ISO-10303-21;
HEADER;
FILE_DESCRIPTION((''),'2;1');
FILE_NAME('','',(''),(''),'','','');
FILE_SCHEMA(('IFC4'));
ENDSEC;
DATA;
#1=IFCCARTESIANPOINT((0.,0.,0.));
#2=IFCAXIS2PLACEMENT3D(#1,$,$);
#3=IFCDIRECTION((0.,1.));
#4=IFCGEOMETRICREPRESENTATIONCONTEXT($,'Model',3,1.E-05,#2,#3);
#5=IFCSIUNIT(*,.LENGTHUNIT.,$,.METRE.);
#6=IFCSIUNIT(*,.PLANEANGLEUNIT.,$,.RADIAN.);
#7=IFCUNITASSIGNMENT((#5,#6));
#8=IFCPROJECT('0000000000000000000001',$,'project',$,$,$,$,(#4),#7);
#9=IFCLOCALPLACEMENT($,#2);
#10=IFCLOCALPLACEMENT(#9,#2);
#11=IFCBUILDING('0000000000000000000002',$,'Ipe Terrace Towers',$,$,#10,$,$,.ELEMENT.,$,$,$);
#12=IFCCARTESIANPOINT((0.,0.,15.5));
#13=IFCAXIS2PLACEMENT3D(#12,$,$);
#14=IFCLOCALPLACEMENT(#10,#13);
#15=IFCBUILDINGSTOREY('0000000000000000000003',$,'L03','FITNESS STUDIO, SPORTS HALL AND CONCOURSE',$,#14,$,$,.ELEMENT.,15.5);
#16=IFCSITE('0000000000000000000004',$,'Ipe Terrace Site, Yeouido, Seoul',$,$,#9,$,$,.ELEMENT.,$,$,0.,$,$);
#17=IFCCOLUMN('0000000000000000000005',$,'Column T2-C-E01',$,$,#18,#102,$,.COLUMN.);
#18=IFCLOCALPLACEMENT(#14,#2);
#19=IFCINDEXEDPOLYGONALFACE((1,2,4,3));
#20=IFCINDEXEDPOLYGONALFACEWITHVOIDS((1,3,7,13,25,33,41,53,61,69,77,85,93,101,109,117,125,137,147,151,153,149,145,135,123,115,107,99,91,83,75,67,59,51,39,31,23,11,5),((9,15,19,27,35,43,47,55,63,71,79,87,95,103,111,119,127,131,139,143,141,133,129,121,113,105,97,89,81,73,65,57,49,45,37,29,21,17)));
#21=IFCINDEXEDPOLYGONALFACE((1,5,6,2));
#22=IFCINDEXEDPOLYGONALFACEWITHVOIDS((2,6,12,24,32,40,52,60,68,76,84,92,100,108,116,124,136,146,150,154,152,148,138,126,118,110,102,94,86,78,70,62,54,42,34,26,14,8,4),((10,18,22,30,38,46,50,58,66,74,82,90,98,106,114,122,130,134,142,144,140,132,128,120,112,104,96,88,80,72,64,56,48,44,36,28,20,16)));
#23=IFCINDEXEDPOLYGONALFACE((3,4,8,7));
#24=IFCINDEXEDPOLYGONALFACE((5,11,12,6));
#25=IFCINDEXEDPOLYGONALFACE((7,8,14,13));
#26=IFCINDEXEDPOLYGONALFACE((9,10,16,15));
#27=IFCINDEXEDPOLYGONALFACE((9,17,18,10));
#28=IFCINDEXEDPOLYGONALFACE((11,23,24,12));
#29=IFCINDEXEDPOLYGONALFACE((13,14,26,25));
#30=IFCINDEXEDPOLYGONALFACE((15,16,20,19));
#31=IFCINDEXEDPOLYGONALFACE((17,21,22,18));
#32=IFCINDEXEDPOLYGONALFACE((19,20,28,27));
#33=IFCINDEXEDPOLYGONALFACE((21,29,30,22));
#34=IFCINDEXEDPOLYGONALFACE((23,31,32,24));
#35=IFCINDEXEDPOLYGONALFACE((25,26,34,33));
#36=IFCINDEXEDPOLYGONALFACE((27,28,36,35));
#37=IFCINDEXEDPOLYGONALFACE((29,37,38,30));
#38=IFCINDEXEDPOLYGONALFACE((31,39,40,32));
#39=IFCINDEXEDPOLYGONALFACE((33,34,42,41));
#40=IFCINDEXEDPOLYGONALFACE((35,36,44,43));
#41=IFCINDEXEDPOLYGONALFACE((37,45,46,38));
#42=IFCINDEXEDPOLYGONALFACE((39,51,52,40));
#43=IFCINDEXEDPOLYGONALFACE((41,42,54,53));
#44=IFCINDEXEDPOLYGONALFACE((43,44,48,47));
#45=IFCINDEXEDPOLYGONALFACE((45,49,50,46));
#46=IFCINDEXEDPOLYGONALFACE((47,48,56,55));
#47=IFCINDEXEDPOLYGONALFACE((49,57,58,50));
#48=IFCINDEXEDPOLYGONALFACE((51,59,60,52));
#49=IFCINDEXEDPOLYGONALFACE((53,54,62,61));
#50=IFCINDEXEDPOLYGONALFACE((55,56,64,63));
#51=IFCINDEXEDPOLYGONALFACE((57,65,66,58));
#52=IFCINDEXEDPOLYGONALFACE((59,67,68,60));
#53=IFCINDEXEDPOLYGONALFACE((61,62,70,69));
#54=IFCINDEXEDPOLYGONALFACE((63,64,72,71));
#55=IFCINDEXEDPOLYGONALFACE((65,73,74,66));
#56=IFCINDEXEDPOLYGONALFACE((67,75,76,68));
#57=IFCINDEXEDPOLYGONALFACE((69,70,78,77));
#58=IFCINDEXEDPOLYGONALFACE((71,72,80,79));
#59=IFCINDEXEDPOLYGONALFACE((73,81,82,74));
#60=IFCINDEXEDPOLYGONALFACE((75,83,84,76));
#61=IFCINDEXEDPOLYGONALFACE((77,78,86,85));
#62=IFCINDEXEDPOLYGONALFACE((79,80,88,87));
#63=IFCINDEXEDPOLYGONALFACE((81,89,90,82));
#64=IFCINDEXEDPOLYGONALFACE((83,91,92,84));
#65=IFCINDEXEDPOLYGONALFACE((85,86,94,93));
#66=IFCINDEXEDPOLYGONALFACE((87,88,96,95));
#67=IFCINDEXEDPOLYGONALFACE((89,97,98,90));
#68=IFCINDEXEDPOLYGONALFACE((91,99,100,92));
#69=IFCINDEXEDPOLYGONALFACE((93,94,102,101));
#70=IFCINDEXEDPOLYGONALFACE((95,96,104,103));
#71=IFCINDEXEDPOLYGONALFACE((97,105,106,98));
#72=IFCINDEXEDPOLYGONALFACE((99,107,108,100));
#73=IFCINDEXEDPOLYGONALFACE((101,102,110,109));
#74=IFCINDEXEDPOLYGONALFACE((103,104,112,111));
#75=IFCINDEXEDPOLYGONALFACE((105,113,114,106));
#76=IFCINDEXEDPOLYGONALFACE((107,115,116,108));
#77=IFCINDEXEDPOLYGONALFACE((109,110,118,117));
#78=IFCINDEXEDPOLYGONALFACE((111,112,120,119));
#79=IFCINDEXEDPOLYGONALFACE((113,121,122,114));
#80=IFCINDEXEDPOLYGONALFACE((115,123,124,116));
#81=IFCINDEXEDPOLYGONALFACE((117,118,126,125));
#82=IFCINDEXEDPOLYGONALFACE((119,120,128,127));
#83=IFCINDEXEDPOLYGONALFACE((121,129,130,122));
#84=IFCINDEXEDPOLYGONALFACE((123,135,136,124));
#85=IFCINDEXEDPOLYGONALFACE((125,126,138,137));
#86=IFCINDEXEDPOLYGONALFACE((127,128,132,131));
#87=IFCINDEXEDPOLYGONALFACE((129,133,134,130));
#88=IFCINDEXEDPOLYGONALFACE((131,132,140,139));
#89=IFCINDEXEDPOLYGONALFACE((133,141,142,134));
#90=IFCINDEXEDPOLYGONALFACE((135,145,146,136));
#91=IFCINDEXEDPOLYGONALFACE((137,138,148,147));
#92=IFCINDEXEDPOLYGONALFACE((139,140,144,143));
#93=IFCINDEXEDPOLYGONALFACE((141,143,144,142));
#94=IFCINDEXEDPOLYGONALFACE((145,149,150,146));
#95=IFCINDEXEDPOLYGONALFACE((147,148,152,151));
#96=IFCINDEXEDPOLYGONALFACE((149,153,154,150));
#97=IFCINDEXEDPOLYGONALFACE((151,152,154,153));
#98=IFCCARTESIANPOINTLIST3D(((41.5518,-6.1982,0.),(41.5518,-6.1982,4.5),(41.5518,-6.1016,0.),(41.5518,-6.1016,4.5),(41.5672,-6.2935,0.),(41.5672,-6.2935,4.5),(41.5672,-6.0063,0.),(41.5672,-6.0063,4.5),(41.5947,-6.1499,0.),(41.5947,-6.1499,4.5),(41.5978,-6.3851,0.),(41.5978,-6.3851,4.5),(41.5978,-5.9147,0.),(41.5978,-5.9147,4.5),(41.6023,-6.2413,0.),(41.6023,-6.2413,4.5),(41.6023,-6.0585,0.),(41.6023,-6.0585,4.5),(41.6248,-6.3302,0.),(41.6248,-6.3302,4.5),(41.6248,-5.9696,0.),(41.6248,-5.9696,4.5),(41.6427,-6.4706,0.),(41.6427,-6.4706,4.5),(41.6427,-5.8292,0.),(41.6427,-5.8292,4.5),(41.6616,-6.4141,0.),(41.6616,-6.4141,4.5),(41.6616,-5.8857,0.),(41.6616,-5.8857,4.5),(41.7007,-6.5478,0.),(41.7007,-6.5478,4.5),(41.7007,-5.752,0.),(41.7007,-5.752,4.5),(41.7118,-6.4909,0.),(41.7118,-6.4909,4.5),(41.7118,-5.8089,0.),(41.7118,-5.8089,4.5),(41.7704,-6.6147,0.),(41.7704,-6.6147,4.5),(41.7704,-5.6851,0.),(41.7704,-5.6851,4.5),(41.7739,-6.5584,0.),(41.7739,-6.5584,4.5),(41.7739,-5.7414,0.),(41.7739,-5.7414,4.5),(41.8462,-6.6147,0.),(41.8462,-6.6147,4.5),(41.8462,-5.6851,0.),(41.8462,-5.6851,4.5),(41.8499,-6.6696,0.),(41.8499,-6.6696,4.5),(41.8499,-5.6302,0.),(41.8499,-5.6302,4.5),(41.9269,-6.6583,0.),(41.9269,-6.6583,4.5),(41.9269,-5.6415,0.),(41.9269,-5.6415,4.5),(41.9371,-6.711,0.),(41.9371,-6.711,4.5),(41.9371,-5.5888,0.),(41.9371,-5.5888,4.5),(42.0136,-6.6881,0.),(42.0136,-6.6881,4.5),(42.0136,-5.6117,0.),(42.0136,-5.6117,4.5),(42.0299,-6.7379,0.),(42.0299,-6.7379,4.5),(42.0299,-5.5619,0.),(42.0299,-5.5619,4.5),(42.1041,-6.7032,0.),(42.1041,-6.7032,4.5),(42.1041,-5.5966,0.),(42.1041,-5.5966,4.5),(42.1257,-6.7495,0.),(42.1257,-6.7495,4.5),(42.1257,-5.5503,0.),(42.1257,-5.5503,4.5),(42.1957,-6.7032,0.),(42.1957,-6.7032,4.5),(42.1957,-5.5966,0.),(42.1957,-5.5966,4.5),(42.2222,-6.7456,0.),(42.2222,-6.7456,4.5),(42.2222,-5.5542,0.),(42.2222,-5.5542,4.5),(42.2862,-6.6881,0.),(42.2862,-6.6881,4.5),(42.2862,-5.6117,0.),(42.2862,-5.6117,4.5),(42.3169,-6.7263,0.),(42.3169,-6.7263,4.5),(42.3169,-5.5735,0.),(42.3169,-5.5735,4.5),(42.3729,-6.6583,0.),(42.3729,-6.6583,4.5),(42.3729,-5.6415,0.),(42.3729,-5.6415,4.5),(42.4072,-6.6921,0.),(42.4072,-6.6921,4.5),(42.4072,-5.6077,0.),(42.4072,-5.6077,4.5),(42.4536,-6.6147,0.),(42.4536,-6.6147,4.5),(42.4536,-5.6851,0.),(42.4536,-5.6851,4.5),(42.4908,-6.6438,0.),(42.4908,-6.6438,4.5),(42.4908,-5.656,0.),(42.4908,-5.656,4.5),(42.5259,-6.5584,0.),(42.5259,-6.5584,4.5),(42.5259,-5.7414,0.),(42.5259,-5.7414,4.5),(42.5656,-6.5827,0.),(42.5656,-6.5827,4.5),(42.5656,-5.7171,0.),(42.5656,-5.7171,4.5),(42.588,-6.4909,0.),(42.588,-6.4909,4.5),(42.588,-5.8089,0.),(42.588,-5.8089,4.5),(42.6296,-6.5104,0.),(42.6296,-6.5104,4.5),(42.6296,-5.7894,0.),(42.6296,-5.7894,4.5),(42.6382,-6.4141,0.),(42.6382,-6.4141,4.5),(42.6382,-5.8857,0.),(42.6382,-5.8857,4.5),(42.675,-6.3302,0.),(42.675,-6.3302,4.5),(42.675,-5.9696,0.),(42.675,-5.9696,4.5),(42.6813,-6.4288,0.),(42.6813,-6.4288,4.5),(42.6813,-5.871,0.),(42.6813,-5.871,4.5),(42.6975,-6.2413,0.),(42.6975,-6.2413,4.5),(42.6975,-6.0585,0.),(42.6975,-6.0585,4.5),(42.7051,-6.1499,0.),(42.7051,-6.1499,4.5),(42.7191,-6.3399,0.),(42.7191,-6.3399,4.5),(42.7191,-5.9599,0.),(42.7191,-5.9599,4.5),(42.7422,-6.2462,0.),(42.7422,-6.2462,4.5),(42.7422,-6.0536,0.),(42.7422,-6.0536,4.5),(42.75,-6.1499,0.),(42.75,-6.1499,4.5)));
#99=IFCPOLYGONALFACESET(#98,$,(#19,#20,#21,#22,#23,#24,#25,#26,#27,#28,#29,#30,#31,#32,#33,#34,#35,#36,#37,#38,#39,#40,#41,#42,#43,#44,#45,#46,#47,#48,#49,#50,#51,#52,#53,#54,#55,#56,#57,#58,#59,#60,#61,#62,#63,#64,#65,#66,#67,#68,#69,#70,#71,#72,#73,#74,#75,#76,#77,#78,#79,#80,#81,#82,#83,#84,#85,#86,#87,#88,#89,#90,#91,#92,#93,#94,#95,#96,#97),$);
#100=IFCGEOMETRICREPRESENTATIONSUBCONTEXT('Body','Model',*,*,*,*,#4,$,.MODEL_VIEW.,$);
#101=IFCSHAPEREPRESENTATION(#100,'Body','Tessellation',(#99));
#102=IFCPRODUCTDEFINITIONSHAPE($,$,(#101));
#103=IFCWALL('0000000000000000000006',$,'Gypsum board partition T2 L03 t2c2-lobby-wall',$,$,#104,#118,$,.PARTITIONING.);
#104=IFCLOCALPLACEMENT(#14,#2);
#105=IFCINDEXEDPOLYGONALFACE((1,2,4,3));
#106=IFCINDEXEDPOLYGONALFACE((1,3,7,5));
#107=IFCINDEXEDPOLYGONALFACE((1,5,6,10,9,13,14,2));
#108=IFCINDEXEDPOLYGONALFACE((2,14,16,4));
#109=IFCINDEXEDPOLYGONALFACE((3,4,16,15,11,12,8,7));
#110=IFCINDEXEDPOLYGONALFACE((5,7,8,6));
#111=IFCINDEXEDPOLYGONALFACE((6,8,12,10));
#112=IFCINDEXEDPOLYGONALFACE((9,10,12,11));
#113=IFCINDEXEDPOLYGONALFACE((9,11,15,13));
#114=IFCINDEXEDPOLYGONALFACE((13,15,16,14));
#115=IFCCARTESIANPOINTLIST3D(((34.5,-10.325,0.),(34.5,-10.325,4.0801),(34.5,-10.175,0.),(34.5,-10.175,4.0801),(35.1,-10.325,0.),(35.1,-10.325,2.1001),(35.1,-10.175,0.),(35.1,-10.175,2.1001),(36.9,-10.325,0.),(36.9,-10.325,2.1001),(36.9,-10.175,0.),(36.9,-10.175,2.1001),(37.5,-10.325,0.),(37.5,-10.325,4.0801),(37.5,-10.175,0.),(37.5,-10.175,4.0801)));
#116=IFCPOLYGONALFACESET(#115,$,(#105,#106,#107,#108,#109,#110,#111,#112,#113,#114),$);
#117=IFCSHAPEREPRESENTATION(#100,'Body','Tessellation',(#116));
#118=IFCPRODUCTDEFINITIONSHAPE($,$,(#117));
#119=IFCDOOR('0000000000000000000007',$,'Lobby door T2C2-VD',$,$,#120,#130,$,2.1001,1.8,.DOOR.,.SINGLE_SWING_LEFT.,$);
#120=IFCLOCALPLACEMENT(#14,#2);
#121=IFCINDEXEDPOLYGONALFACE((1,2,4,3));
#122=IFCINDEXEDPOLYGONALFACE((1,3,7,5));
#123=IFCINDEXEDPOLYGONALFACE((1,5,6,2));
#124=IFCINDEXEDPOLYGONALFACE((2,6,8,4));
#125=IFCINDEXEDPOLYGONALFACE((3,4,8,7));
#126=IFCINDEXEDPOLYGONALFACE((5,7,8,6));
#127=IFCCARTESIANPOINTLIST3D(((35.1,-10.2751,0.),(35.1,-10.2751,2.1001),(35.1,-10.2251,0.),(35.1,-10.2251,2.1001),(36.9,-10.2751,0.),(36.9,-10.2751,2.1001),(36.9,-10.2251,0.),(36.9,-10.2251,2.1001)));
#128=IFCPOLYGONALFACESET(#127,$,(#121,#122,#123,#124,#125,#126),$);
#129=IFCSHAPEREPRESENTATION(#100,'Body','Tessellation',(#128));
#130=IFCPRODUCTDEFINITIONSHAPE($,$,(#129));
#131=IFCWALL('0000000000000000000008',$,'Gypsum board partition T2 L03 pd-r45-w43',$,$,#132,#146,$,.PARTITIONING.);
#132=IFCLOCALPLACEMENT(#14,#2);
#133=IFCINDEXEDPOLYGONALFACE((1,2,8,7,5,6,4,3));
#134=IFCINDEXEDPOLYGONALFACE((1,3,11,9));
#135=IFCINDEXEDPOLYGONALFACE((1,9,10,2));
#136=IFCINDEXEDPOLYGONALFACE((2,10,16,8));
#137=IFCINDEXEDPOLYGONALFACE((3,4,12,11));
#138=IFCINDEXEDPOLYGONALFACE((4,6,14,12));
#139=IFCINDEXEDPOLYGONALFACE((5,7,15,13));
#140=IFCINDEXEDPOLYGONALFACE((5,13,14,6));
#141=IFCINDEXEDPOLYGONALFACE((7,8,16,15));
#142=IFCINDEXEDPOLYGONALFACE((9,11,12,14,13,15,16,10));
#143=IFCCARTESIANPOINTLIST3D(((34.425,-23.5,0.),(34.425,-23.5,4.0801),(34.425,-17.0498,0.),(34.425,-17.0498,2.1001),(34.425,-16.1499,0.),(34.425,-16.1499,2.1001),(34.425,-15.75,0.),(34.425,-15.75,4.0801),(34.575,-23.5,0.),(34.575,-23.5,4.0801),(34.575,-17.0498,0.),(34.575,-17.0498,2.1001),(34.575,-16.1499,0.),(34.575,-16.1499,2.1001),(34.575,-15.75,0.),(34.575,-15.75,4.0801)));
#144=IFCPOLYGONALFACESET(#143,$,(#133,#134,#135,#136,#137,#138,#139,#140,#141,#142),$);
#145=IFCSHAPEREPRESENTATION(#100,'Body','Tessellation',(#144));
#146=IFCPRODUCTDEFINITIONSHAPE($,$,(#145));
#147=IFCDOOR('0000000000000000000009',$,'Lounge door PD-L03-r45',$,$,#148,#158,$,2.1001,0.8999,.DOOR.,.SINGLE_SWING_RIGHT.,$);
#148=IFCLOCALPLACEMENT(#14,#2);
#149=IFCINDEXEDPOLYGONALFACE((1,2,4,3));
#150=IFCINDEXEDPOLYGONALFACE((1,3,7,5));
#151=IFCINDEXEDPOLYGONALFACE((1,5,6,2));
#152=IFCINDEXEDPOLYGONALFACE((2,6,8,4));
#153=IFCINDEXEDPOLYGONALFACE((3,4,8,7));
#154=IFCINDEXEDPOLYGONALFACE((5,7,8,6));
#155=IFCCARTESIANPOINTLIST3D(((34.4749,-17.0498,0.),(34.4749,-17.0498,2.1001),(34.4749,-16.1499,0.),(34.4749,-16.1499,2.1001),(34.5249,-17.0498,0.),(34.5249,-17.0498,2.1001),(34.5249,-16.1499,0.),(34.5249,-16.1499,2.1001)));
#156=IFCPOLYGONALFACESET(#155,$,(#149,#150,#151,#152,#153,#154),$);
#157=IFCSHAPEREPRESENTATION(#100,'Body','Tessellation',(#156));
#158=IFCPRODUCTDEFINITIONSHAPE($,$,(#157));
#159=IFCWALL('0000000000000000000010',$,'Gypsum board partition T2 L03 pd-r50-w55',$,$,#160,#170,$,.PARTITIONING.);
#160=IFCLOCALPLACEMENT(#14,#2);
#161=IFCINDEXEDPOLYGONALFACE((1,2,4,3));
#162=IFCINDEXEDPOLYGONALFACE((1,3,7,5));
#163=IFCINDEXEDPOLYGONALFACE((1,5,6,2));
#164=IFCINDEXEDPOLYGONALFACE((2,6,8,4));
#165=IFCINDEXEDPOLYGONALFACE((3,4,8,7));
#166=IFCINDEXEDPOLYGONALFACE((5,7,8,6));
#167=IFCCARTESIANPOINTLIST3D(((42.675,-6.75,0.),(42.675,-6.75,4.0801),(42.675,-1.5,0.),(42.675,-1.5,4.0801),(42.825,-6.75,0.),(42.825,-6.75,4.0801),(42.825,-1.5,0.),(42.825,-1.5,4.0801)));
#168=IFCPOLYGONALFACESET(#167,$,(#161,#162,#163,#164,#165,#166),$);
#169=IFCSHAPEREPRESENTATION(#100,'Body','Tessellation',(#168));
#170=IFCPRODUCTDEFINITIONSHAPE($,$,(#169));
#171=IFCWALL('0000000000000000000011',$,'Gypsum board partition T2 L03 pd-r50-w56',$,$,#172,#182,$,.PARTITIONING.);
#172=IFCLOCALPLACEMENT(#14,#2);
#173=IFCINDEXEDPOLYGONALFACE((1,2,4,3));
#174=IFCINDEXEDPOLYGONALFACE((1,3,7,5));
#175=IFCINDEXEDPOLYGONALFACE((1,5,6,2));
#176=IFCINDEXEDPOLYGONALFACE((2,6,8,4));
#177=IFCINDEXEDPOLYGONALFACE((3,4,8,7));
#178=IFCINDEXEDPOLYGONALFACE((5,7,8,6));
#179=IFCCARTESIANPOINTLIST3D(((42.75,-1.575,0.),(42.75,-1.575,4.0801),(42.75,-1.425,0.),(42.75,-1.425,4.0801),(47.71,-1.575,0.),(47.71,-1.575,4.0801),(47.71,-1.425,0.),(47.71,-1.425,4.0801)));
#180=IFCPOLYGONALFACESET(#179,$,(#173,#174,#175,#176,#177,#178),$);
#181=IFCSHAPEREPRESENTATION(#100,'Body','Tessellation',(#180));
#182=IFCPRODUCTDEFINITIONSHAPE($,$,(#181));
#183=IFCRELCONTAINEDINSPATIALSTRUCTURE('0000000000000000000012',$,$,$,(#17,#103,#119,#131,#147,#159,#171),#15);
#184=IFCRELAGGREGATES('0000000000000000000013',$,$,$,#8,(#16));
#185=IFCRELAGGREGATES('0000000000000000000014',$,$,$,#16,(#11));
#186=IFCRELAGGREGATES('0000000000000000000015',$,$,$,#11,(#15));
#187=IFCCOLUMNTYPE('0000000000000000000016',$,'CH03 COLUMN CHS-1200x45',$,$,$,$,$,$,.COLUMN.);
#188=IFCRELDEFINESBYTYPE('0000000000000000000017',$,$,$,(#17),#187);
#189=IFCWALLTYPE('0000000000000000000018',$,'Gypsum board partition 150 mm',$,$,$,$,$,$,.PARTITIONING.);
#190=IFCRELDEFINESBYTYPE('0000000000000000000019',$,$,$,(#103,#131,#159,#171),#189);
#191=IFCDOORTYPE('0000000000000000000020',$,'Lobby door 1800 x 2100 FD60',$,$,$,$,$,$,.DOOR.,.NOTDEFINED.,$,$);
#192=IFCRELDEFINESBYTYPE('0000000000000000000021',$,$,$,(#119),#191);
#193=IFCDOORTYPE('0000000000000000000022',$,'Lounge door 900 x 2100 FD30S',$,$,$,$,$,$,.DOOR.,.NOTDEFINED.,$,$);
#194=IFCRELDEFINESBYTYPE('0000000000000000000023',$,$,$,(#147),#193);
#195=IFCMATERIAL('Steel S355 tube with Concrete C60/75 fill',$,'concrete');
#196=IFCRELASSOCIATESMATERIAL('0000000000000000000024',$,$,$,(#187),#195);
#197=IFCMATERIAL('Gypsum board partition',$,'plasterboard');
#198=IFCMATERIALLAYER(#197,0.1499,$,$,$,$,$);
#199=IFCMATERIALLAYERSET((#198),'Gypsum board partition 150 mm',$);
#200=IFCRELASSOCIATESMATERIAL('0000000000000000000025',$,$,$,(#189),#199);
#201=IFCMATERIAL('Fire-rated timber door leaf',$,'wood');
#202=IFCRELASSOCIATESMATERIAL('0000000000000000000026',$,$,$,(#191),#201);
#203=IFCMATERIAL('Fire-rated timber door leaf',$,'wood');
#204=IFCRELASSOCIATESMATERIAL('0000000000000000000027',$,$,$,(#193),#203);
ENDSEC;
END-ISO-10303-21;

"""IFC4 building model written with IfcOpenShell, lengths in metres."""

from ifc_helpers import new_model, si_unit, direction, frame, frame_2d, origin, origin_2d, place, context, subcontext, project, spatial, rectangle, hollow_circle, extrude, material, layer, layer_set, material_profile, profile_set, type_object, element, fill, save


model = new_model("IFC4")

# Units and contexts
model_context = context("Model", 3, precision=1e-05, world=origin(), true_north=direction((0.0, 1.0)))
body_context = subcontext(model_context, "Body", "Model", "MODEL_VIEW")
ifc_project = project(units=[si_unit("LENGTHUNIT", "METRE"), si_unit("PLANEANGLEUNIT", "RADIAN")], contexts=[model_context])

# Site, building, storey
site_placement = place(None, origin())
site = spatial("IfcSite", under=ifc_project, at=site_placement, Name="Ipe Terrace Site, Yeouido, Seoul", CompositionType="ELEMENT", RefElevation=0.0)
building_placement = place(site_placement, origin())
building = spatial("IfcBuilding", under=site, at=building_placement, Name="Ipe Terrace Towers", CompositionType="ELEMENT")
storey_placement = place(building_placement, frame((0.0, 0.0, 15.5)))
storey = spatial("IfcBuildingStorey", under=building, at=storey_placement, Name="L03", Description="FITNESS STUDIO, SPORTS HALL AND CONCOURSE", CompositionType="ELEMENT", Elevation=15.5)

# Column
ifc_material_1 = material(Name="Steel S355 tube with Concrete C60/75 fill", Category="concrete")
ifc_material_profile_1 = material_profile(ifc_material_1, hollow_circle(Radius=0.6001, WallThickness=0.0449, at=origin_2d()), Name="CHS-1200x45")
ifc_profile_set_1 = profile_set([ifc_material_profile_1], Name="Steel S355 tube with Concrete C60/75 fill")
column_type_1 = type_object("IfcColumnType", Name="CH03 COLUMN CHS-1200x45", PredefinedType="COLUMN", material=ifc_profile_set_1)
column_placement = place(storey_placement, frame((42.1499, -6.1499, 0.0), z_axis=(0.0, 0.0, 1.0), x_axis=(1.0, 0.0, 0.0)))
element("IfcColumn", 1, at=column_placement, inside=storey, type_object=column_type_1, Name="Column T2-C-E01", PredefinedType="COLUMN", context=body_context, shape_type="SweptSolid", body=[
    extrude(hollow_circle(Radius=0.6001, WallThickness=0.0449, at=origin_2d()), origin(), (0.0, 0.0, 1.0), 4.5),
])

# Walls, openings, doors
ifc_material_2 = material(Name="Gypsum board partition", Category="plasterboard")
ifc_layer_1 = layer(ifc_material_2, 0.1499)
ifc_layer_set_1 = layer_set([ifc_layer_1], Name="Gypsum board partition 150 mm")
wall_type_1 = type_object("IfcWallType", Name="Gypsum board partition 150 mm", PredefinedType="PARTITIONING", material=ifc_layer_set_1)
wall_1_placement = place(storey_placement, frame((34.5, -10.25, 0.0), z_axis=(0.0, 0.0, 1.0), x_axis=(1.0, 0.0, 0.0)))
wall_1 = element("IfcWall", 2, at=wall_1_placement, inside=storey, type_object=wall_type_1, Name="Gypsum board partition T2 L03 t2c2-lobby-wall", PredefinedType="PARTITIONING", context=body_context, shape_type="SweptSolid", body=[
    extrude(rectangle(XDim=3.0, YDim=0.1499, at=frame_2d((1.5, 0.0))), origin(), (0.0, 0.0, 1.0), 4.0801),
])
opening_1_placement = place(wall_1_placement, frame((0.6001, 0.0, 0.0)))
opening_1 = element("IfcOpeningElement", 3, at=opening_1_placement, cuts=wall_1, PredefinedType="OPENING", context=body_context, shape_type="SweptSolid", body=[
    extrude(rectangle(XDim=1.8, YDim=2.1001, at=frame_2d((0.8999, 1.05))), frame((0.0, 0.085, 0.0), z_axis=(0.0, -1.0, 0.0), x_axis=(1.0, 0.0, 0.0)), (0.0, 0.0, 1.0), 0.1699),
])
ifc_material_3 = material(Name="Fire-rated timber door leaf", Category="wood")
door_type_1 = type_object("IfcDoorType", Name="Lobby door 1800 x 2100 FD60", OperationType="NOTDEFINED", PredefinedType="DOOR", material=ifc_material_3)
door_1_placement = place(opening_1_placement, origin())
door_1 = element("IfcDoor", 4, at=door_1_placement, inside=storey, type_object=door_type_1, Name="Lobby door T2C2-VD", OperationType="SINGLE_SWING_LEFT", OverallHeight=2.1001, OverallWidth=1.8, PredefinedType="DOOR", context=body_context, shape_type="SweptSolid", body=[
    extrude(rectangle(XDim=1.8, YDim=2.1001, at=frame_2d((0.8999, 1.05))), frame((0.0, 0.0249, 0.0), z_axis=(0.0, -1.0, 0.0), x_axis=(1.0, 0.0, 0.0)), (0.0, 0.0, 1.0), 0.05),
])
fill(opening_1, door_1)
wall_2_placement = place(storey_placement, frame((34.5, -15.75, 0.0), z_axis=(0.0, 0.0, 1.0), x_axis=(0.0, -1.0, 0.0)))
wall_2 = element("IfcWall", 5, at=wall_2_placement, inside=storey, type_object=wall_type_1, Name="Gypsum board partition T2 L03 pd-r45-w43", PredefinedType="PARTITIONING", context=body_context, shape_type="SweptSolid", body=[
    extrude(rectangle(XDim=7.75, YDim=0.1499, at=frame_2d((3.875, 0.0))), origin(), (0.0, 0.0, 1.0), 4.0801),
])
opening_2_placement = place(wall_2_placement, frame((0.3999, 0.0, 0.0)))
opening_2 = element("IfcOpeningElement", 6, at=opening_2_placement, cuts=wall_2, PredefinedType="OPENING", context=body_context, shape_type="SweptSolid", body=[
    extrude(rectangle(XDim=0.8999, YDim=2.1001, at=frame_2d((0.45, 1.05))), frame((0.0, 0.085, 0.0), z_axis=(0.0, -1.0, 0.0), x_axis=(1.0, 0.0, 0.0)), (0.0, 0.0, 1.0), 0.1699),
])
ifc_material_4 = material(Name="Fire-rated timber door leaf", Category="wood")
door_type_2 = type_object("IfcDoorType", Name="Lounge door 900 x 2100 FD30S", OperationType="NOTDEFINED", PredefinedType="DOOR", material=ifc_material_4)
door_2_placement = place(opening_2_placement, origin())
door_2 = element("IfcDoor", 7, at=door_2_placement, inside=storey, type_object=door_type_2, Name="Lounge door PD-L03-r45", OperationType="SINGLE_SWING_RIGHT", OverallHeight=2.1001, OverallWidth=0.8999, PredefinedType="DOOR", context=body_context, shape_type="SweptSolid", body=[
    extrude(rectangle(XDim=0.8999, YDim=2.1001, at=frame_2d((0.45, 1.05))), frame((0.0, 0.0249, 0.0), z_axis=(0.0, -1.0, 0.0), x_axis=(1.0, 0.0, 0.0)), (0.0, 0.0, 1.0), 0.05),
])
fill(opening_2, door_2)

# Walls
wall_3_placement = place(storey_placement, frame((42.75, -6.75, 0.0), z_axis=(0.0, 0.0, 1.0), x_axis=(0.0, 1.0, 0.0)))
element("IfcWall", 8, at=wall_3_placement, inside=storey, type_object=wall_type_1, Name="Gypsum board partition T2 L03 pd-r50-w55", PredefinedType="PARTITIONING", context=body_context, shape_type="SweptSolid", body=[
    extrude(rectangle(XDim=5.25, YDim=0.1499, at=frame_2d((2.625, 0.0))), origin(), (0.0, 0.0, 1.0), 4.0801),
])
wall_4_placement = place(storey_placement, frame((42.75, -1.5, 0.0), z_axis=(0.0, 0.0, 1.0), x_axis=(1.0, 0.0, 0.0)))
element("IfcWall", 9, at=wall_4_placement, inside=storey, type_object=wall_type_1, Name="Gypsum board partition T2 L03 pd-r50-w56", PredefinedType="PARTITIONING", context=body_context, shape_type="SweptSolid", body=[
    extrude(rectangle(XDim=4.96, YDim=0.1499, at=frame_2d((2.48, 0.0))), origin(), (0.0, 0.0, 1.0), 4.0801),
])

save(model, "model.ifc")
